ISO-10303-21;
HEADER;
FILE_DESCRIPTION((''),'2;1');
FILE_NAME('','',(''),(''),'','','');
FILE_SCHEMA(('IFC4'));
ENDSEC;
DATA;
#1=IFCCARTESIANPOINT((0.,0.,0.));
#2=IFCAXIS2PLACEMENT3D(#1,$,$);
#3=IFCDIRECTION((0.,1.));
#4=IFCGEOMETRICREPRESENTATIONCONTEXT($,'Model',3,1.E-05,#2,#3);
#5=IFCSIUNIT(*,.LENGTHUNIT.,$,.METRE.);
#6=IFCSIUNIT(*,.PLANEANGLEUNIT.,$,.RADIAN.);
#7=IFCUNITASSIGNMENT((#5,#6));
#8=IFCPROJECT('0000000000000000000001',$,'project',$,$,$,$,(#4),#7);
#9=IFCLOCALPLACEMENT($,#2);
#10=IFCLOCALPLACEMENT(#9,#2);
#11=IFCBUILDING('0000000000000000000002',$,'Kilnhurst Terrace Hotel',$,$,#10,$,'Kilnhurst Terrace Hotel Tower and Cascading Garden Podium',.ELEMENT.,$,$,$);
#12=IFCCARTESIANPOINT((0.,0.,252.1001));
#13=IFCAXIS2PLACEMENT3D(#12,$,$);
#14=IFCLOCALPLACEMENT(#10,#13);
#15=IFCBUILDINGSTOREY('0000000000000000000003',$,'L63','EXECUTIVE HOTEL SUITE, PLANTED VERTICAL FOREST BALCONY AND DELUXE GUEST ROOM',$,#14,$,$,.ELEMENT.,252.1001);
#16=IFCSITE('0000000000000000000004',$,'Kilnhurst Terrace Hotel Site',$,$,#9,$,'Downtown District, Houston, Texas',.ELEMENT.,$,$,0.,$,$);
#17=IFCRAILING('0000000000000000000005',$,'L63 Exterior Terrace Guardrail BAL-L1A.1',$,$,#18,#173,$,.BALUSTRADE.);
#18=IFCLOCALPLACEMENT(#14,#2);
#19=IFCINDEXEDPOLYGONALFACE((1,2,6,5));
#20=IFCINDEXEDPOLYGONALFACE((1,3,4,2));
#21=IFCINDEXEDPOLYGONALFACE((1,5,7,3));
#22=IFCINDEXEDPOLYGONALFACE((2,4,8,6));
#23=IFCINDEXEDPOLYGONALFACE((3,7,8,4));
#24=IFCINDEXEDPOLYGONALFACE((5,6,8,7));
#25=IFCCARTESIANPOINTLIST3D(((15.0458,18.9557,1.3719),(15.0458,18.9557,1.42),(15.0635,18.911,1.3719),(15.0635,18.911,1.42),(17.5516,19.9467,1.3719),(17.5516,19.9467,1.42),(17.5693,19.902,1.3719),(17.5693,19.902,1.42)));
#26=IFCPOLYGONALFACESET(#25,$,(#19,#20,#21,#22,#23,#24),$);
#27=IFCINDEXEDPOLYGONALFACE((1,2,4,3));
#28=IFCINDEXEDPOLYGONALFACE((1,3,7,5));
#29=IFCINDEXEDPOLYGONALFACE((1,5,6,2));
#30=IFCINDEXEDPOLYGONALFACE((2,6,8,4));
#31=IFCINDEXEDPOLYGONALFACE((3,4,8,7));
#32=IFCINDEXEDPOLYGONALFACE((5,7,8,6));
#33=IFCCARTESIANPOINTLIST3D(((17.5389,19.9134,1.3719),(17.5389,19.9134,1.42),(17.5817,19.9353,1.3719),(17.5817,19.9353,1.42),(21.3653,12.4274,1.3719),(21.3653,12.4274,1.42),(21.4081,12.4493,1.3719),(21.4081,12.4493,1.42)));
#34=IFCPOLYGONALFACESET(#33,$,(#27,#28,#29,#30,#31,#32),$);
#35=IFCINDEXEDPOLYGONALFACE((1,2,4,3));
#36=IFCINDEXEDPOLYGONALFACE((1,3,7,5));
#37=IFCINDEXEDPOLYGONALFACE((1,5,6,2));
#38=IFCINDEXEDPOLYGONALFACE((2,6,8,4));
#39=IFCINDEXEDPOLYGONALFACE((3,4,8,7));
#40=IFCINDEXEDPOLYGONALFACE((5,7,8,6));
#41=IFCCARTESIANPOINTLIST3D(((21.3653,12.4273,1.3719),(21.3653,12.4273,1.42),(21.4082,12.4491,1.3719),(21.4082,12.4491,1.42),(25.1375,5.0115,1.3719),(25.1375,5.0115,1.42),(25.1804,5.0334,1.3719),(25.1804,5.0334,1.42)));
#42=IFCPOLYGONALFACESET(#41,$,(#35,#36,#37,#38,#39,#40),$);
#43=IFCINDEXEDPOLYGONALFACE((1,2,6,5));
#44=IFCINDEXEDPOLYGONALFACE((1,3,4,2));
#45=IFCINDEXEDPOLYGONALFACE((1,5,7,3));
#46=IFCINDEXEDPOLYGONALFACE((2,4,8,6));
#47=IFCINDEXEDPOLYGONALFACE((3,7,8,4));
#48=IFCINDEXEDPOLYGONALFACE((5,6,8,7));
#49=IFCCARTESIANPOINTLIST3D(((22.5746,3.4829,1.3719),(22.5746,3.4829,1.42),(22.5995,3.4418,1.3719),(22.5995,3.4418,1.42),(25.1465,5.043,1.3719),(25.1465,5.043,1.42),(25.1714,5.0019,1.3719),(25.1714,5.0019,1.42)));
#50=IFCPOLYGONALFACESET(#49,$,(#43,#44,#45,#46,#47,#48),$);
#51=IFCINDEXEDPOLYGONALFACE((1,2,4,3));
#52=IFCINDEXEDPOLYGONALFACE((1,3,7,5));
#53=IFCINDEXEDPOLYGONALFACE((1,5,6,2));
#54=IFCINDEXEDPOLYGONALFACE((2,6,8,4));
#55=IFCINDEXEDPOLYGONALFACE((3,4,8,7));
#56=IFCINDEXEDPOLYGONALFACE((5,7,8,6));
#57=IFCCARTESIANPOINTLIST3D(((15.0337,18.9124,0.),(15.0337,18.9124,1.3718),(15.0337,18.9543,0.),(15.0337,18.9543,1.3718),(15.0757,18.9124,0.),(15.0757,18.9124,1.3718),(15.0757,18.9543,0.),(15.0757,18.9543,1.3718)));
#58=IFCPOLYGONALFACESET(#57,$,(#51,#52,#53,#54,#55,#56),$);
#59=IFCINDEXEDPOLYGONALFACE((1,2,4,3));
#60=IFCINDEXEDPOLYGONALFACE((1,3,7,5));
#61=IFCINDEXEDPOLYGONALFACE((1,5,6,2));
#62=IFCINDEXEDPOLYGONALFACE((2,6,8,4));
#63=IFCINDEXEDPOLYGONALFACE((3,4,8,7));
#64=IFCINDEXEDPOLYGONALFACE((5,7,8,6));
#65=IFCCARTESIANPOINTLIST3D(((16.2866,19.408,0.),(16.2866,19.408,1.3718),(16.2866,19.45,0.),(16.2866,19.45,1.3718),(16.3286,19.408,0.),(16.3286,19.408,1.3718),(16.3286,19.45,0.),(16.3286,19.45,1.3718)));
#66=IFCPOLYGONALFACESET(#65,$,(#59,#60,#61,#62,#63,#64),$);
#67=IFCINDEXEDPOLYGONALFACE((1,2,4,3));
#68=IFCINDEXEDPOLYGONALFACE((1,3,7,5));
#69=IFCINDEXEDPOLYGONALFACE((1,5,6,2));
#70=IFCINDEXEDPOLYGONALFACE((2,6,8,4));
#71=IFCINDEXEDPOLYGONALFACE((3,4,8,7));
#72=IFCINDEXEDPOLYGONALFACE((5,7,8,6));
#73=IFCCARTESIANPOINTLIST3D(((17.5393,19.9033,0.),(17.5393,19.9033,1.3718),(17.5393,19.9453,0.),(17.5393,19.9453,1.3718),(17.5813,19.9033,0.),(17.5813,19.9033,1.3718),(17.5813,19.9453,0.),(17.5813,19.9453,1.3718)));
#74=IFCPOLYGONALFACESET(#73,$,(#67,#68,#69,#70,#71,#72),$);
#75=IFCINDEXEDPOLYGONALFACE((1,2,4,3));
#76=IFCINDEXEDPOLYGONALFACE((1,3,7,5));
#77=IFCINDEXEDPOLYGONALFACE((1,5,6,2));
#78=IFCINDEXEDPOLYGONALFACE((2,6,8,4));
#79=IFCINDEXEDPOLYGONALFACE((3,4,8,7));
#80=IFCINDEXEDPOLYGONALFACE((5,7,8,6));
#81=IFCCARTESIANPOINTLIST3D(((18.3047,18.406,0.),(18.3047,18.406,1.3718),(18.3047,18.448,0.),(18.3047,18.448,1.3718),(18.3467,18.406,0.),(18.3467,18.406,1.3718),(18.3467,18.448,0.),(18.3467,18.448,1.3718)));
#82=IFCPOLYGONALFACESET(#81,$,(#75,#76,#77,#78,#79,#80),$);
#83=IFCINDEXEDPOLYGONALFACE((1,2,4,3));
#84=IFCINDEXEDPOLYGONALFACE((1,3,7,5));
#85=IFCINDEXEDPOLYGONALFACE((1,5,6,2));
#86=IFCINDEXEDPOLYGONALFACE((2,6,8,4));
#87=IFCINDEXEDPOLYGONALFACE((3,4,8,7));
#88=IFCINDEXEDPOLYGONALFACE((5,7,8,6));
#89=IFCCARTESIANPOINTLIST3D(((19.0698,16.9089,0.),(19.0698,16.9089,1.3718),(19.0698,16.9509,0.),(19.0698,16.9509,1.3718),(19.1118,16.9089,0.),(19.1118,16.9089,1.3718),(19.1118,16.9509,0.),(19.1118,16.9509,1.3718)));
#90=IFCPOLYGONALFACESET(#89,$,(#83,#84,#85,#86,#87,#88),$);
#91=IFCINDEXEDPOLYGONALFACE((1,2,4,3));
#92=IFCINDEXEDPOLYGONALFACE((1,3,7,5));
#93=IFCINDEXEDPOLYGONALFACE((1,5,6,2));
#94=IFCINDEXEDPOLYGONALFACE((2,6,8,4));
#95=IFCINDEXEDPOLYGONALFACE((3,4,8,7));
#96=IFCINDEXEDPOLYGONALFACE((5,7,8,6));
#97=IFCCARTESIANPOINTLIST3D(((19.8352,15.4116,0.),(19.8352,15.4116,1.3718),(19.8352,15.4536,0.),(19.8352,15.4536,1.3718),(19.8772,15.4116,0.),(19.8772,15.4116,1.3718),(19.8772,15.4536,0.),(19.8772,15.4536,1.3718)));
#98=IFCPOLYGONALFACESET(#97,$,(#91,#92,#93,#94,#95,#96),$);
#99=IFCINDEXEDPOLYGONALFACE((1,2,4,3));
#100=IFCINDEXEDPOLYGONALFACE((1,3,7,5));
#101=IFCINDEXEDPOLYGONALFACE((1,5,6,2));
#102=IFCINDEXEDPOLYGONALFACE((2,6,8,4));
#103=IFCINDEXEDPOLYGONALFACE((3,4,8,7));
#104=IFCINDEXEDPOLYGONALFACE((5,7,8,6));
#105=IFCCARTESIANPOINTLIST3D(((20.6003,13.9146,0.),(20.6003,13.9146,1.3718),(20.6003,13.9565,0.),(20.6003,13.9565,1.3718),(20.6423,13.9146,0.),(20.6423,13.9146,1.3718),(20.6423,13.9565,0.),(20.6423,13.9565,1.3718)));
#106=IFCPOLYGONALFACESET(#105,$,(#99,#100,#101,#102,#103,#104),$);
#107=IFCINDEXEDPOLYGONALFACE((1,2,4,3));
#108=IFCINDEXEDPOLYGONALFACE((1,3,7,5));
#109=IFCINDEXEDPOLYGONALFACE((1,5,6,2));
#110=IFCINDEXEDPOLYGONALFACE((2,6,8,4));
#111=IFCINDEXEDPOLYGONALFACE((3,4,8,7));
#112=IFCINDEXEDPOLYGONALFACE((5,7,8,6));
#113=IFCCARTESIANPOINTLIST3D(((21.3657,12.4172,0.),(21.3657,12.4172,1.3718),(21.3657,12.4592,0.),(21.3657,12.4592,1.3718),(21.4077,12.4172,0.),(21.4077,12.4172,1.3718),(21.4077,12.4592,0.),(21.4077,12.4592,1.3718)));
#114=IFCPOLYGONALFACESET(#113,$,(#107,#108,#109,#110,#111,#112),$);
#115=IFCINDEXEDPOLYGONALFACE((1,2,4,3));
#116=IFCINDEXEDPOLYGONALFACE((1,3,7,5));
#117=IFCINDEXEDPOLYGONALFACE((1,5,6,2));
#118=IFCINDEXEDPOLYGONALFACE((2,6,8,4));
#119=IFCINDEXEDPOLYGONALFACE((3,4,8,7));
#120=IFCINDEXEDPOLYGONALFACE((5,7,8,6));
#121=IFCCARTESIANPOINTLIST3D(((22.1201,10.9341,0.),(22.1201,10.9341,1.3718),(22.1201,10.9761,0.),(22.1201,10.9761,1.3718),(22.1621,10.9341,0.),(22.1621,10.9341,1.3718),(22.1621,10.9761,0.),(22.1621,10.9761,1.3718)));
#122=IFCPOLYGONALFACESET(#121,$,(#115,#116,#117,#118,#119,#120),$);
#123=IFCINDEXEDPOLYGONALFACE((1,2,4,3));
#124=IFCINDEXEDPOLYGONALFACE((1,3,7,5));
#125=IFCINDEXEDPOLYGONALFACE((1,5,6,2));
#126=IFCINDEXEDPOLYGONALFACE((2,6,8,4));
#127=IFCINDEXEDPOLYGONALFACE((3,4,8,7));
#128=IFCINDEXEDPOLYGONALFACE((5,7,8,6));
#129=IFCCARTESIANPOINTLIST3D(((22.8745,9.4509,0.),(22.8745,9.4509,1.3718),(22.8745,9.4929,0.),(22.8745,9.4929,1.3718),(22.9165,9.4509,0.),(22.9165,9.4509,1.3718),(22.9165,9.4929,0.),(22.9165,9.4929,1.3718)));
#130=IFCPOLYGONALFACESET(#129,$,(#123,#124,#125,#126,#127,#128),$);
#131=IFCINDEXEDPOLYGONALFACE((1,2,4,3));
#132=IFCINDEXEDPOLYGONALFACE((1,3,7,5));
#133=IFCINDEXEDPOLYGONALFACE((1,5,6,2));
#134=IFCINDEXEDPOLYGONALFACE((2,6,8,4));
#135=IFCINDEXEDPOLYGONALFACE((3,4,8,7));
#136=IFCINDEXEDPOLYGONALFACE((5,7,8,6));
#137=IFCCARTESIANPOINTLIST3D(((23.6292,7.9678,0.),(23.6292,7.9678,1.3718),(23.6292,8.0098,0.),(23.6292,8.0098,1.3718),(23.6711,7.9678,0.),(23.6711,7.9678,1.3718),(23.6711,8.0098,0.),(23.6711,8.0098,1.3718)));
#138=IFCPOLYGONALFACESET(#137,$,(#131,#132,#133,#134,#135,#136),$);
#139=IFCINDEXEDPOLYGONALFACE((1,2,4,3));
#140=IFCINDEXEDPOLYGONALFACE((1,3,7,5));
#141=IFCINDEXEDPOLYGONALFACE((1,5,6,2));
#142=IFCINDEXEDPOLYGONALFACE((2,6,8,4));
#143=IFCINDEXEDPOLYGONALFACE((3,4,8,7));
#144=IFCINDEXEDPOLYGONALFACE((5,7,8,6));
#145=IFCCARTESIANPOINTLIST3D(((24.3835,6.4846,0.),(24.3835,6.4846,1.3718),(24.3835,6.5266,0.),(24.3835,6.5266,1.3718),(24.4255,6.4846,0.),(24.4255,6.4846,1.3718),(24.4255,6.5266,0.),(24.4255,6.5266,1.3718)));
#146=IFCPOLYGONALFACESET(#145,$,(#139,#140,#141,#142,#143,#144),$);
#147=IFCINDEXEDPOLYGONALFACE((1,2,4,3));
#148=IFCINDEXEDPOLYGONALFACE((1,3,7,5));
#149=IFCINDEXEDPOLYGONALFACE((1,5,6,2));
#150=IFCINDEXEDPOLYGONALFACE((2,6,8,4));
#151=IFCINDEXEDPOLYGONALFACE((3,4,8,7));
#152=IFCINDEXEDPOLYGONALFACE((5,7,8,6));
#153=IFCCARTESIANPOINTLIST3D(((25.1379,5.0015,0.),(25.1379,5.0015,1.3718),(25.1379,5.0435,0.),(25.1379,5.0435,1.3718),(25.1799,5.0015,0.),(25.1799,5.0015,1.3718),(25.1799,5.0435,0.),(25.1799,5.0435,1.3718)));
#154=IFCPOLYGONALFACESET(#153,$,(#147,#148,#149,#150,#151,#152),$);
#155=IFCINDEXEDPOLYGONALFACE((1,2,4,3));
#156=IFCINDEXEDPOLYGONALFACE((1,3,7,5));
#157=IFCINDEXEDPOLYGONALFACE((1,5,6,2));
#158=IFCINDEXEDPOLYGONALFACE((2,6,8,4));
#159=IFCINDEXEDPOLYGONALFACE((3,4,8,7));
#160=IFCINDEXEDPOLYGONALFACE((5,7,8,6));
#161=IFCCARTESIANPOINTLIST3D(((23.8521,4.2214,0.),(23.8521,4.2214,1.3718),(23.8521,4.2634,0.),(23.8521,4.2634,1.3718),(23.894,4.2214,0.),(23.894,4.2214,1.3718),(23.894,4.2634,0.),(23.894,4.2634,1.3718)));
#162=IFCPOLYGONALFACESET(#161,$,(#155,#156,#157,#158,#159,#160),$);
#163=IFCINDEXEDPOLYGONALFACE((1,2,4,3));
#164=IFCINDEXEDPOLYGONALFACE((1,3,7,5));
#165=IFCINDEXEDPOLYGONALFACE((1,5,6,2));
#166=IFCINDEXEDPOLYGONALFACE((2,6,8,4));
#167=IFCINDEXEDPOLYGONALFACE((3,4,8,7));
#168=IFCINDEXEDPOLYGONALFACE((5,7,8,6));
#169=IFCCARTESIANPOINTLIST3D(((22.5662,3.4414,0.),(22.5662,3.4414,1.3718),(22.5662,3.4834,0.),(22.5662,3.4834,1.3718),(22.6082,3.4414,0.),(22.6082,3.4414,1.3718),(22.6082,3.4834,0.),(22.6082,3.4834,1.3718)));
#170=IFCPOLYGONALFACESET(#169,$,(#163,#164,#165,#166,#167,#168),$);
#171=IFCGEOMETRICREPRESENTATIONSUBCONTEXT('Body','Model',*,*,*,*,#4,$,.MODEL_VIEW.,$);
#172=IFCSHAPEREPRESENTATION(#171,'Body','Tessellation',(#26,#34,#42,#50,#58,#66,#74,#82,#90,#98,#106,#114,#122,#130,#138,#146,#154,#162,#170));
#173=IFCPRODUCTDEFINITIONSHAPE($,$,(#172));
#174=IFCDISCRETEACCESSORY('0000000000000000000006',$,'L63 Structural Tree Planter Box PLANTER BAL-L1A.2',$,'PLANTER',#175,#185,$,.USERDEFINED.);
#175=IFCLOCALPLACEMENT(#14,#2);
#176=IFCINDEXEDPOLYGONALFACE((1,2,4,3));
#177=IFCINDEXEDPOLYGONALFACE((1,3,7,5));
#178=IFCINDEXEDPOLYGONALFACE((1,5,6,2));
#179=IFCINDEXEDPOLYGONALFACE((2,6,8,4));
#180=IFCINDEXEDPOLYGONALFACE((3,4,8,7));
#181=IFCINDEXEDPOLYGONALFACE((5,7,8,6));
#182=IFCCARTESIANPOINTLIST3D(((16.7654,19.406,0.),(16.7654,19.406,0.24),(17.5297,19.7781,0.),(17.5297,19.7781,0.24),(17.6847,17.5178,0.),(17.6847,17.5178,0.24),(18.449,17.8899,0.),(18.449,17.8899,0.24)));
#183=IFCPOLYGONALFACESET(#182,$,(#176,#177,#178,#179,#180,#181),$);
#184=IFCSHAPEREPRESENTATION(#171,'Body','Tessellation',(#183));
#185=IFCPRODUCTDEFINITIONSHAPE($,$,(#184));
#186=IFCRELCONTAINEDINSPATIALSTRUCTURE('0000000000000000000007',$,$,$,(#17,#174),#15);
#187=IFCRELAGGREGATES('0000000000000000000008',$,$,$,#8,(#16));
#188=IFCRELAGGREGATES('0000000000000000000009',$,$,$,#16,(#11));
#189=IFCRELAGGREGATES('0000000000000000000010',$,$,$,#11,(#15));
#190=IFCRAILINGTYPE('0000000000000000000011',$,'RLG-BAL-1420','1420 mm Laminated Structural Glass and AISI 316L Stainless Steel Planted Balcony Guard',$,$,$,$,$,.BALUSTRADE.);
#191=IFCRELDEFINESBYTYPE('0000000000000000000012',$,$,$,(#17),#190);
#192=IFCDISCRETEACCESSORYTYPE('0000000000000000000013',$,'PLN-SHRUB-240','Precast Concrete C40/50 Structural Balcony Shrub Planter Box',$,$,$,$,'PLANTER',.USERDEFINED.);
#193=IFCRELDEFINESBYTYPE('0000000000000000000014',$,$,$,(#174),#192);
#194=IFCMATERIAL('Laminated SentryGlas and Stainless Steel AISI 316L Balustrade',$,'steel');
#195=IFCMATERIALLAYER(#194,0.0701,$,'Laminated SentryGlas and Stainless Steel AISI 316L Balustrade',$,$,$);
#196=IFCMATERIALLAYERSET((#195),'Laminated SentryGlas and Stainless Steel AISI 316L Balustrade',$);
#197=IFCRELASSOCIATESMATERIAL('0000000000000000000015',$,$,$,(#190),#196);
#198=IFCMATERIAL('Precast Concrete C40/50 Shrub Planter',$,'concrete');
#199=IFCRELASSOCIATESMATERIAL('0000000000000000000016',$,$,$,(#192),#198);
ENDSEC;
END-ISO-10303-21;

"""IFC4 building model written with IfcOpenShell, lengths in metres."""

from ifc_helpers import new_model, si_unit, direction, frame, origin, origin_2d, place, context, subcontext, project, spatial, rectangle, extrude, material, layer, layer_set, type_object, element, save


model = new_model("IFC4")

# Units and contexts
model_context = context("Model", 3, precision=1e-05, world=origin(), true_north=direction((0.0, 1.0)))
body_context = subcontext(model_context, "Body", "Model", "MODEL_VIEW")
ifc_project = project(units=[si_unit("LENGTHUNIT", "METRE"), si_unit("PLANEANGLEUNIT", "RADIAN")], contexts=[model_context])

# Site, building, storey
site_placement = place(None, origin())
site = spatial("IfcSite", under=ifc_project, at=site_placement, Name="Kilnhurst Terrace Hotel Site", LongName="Downtown District, Houston, Texas", CompositionType="ELEMENT", RefElevation=0.0)
building_placement = place(site_placement, origin())
building = spatial("IfcBuilding", under=site, at=building_placement, Name="Kilnhurst Terrace Hotel", LongName="Kilnhurst Terrace Hotel Tower and Cascading Garden Podium", CompositionType="ELEMENT")
storey_placement = place(building_placement, frame((0.0, 0.0, 252.1001)))
storey = spatial("IfcBuildingStorey", under=building, at=storey_placement, Name="L63", Description="EXECUTIVE HOTEL SUITE, PLANTED VERTICAL FOREST BALCONY AND DELUXE GUEST ROOM", CompositionType="ELEMENT", Elevation=252.1001)

# Railing
ifc_material_1 = material(Name="Laminated SentryGlas and Stainless Steel AISI 316L Balustrade", Category="steel")
ifc_layer_1 = layer(ifc_material_1, 0.0701, Name="Laminated SentryGlas and Stainless Steel AISI 316L Balustrade")
ifc_layer_set_1 = layer_set([ifc_layer_1], Name="Laminated SentryGlas and Stainless Steel AISI 316L Balustrade")
railing_type = type_object("IfcRailingType", Name="RLG-BAL-1420", Description="1420 mm Laminated Structural Glass and AISI 316L Stainless Steel Planted Balcony Guard", PredefinedType="BALUSTRADE", material=ifc_layer_set_1)
railing_placement = place(storey_placement, frame((15.0547, 18.9333, 0.0)))
element("IfcRailing", 1, at=railing_placement, inside=storey, type_object=railing_type, Name="L63 Exterior Terrace Guardrail BAL-L1A.1", PredefinedType="BALUSTRADE", context=body_context, shape_type="SweptSolid", body=[
    extrude(rectangle(XDim=0.0481, YDim=0.0481, at=origin_2d()), frame((0.0, 0.0, 1.396), z_axis=(0.929913, 0.367779, 0.0), x_axis=(-0.367779, 0.929913, 0.0)), (0.0, 0.0, 1.0), 2.6946),
    extrude(rectangle(XDim=0.0481, YDim=0.0481, at=origin_2d()), frame((2.5056, 0.991, 1.396), z_axis=(0.455129, -0.890425, 0.0), x_axis=(0.890425, 0.455129, 0.0)), (0.0, 0.0, 1.0), 8.4072),
    extrude(rectangle(XDim=0.0481, YDim=0.0481, at=origin_2d()), frame((6.332, -6.4951, 1.396), z_axis=(0.453389, -0.891313, 0.0), x_axis=(0.891313, 0.453389, 0.0)), (0.0, 0.0, 1.0), 8.3201),
    extrude(rectangle(XDim=0.0481, YDim=0.0481, at=origin_2d()), frame((10.1042, -13.9109, 1.396), z_axis=(-0.854991, -0.518643, 0.0), x_axis=(0.518643, -0.854991, 0.0)), (0.0, 0.0, 1.0), 3.0081),
    extrude(rectangle(XDim=0.042, YDim=0.042, at=origin_2d()), origin(), (0.0, 0.0, 1.0), 1.3718),
    extrude(rectangle(XDim=0.042, YDim=0.042, at=origin_2d()), frame((1.2529, 0.4956, 0.0)), (0.0, 0.0, 1.0), 1.3718),
    extrude(rectangle(XDim=0.042, YDim=0.042, at=origin_2d()), frame((2.5056, 0.991, 0.0)), (0.0, 0.0, 1.0), 1.3718),
    extrude(rectangle(XDim=0.042, YDim=0.042, at=origin_2d()), frame((3.271, -0.5063, 0.0)), (0.0, 0.0, 1.0), 1.3718),
    extrude(rectangle(XDim=0.042, YDim=0.042, at=origin_2d()), frame((4.0361, -2.0034, 0.0)), (0.0, 0.0, 1.0), 1.3718),
    extrude(rectangle(XDim=0.042, YDim=0.042, at=origin_2d()), frame((4.8015, -3.5007, 0.0)), (0.0, 0.0, 1.0), 1.3718),
    extrude(rectangle(XDim=0.042, YDim=0.042, at=origin_2d()), frame((5.5667, -4.9978, 0.0)), (0.0, 0.0, 1.0), 1.3718),
    extrude(rectangle(XDim=0.042, YDim=0.042, at=origin_2d()), frame((6.332, -6.4951, 0.0)), (0.0, 0.0, 1.0), 1.3718),
    extrude(rectangle(XDim=0.042, YDim=0.042, at=origin_2d()), frame((7.0864, -7.9783, 0.0)), (0.0, 0.0, 1.0), 1.3718),
    extrude(rectangle(XDim=0.042, YDim=0.042, at=origin_2d()), frame((7.8408, -9.4614, 0.0)), (0.0, 0.0, 1.0), 1.3718),
    extrude(rectangle(XDim=0.042, YDim=0.042, at=origin_2d()), frame((8.5955, -10.9446, 0.0)), (0.0, 0.0, 1.0), 1.3718),
    extrude(rectangle(XDim=0.042, YDim=0.042, at=origin_2d()), frame((9.3499, -12.4277, 0.0)), (0.0, 0.0, 1.0), 1.3718),
    extrude(rectangle(XDim=0.042, YDim=0.042, at=origin_2d()), frame((10.1042, -13.9109, 0.0)), (0.0, 0.0, 1.0), 1.3718),
    extrude(rectangle(XDim=0.042, YDim=0.042, at=origin_2d()), frame((8.8184, -14.6909, 0.0)), (0.0, 0.0, 1.0), 1.3718),
    extrude(rectangle(XDim=0.042, YDim=0.042, at=origin_2d()), frame((7.5325, -15.4709, 0.0)), (0.0, 0.0, 1.0), 1.3718),
])

# Discrete accessory
ifc_material_2 = material(Name="Precast Concrete C40/50 Shrub Planter", Category="concrete")
discrete_accessory_type = type_object("IfcDiscreteAccessoryType", Name="PLN-SHRUB-240", Description="Precast Concrete C40/50 Structural Balcony Shrub Planter Box", ElementType="PLANTER", PredefinedType="USERDEFINED", material=ifc_material_2)
discrete_accessory_placement = place(storey_placement, frame((17.6072, 18.6479, 0.0), z_axis=(0.0, 0.0, 1.0), x_axis=(-0.437744, 0.8991, 0.0)))
element("IfcDiscreteAccessory", 2, at=discrete_accessory_placement, inside=storey, type_object=discrete_accessory_type, Name="L63 Structural Tree Planter Box PLANTER BAL-L1A.2", ObjectType="PLANTER", PredefinedType="USERDEFINED", context=body_context, shape_type="SweptSolid", body=[
    extrude(rectangle(XDim=2.1001, YDim=0.8501, at=origin_2d()), origin(), (0.0, 0.0, 1.0), 0.24),
])

save(model, "model.ifc")
